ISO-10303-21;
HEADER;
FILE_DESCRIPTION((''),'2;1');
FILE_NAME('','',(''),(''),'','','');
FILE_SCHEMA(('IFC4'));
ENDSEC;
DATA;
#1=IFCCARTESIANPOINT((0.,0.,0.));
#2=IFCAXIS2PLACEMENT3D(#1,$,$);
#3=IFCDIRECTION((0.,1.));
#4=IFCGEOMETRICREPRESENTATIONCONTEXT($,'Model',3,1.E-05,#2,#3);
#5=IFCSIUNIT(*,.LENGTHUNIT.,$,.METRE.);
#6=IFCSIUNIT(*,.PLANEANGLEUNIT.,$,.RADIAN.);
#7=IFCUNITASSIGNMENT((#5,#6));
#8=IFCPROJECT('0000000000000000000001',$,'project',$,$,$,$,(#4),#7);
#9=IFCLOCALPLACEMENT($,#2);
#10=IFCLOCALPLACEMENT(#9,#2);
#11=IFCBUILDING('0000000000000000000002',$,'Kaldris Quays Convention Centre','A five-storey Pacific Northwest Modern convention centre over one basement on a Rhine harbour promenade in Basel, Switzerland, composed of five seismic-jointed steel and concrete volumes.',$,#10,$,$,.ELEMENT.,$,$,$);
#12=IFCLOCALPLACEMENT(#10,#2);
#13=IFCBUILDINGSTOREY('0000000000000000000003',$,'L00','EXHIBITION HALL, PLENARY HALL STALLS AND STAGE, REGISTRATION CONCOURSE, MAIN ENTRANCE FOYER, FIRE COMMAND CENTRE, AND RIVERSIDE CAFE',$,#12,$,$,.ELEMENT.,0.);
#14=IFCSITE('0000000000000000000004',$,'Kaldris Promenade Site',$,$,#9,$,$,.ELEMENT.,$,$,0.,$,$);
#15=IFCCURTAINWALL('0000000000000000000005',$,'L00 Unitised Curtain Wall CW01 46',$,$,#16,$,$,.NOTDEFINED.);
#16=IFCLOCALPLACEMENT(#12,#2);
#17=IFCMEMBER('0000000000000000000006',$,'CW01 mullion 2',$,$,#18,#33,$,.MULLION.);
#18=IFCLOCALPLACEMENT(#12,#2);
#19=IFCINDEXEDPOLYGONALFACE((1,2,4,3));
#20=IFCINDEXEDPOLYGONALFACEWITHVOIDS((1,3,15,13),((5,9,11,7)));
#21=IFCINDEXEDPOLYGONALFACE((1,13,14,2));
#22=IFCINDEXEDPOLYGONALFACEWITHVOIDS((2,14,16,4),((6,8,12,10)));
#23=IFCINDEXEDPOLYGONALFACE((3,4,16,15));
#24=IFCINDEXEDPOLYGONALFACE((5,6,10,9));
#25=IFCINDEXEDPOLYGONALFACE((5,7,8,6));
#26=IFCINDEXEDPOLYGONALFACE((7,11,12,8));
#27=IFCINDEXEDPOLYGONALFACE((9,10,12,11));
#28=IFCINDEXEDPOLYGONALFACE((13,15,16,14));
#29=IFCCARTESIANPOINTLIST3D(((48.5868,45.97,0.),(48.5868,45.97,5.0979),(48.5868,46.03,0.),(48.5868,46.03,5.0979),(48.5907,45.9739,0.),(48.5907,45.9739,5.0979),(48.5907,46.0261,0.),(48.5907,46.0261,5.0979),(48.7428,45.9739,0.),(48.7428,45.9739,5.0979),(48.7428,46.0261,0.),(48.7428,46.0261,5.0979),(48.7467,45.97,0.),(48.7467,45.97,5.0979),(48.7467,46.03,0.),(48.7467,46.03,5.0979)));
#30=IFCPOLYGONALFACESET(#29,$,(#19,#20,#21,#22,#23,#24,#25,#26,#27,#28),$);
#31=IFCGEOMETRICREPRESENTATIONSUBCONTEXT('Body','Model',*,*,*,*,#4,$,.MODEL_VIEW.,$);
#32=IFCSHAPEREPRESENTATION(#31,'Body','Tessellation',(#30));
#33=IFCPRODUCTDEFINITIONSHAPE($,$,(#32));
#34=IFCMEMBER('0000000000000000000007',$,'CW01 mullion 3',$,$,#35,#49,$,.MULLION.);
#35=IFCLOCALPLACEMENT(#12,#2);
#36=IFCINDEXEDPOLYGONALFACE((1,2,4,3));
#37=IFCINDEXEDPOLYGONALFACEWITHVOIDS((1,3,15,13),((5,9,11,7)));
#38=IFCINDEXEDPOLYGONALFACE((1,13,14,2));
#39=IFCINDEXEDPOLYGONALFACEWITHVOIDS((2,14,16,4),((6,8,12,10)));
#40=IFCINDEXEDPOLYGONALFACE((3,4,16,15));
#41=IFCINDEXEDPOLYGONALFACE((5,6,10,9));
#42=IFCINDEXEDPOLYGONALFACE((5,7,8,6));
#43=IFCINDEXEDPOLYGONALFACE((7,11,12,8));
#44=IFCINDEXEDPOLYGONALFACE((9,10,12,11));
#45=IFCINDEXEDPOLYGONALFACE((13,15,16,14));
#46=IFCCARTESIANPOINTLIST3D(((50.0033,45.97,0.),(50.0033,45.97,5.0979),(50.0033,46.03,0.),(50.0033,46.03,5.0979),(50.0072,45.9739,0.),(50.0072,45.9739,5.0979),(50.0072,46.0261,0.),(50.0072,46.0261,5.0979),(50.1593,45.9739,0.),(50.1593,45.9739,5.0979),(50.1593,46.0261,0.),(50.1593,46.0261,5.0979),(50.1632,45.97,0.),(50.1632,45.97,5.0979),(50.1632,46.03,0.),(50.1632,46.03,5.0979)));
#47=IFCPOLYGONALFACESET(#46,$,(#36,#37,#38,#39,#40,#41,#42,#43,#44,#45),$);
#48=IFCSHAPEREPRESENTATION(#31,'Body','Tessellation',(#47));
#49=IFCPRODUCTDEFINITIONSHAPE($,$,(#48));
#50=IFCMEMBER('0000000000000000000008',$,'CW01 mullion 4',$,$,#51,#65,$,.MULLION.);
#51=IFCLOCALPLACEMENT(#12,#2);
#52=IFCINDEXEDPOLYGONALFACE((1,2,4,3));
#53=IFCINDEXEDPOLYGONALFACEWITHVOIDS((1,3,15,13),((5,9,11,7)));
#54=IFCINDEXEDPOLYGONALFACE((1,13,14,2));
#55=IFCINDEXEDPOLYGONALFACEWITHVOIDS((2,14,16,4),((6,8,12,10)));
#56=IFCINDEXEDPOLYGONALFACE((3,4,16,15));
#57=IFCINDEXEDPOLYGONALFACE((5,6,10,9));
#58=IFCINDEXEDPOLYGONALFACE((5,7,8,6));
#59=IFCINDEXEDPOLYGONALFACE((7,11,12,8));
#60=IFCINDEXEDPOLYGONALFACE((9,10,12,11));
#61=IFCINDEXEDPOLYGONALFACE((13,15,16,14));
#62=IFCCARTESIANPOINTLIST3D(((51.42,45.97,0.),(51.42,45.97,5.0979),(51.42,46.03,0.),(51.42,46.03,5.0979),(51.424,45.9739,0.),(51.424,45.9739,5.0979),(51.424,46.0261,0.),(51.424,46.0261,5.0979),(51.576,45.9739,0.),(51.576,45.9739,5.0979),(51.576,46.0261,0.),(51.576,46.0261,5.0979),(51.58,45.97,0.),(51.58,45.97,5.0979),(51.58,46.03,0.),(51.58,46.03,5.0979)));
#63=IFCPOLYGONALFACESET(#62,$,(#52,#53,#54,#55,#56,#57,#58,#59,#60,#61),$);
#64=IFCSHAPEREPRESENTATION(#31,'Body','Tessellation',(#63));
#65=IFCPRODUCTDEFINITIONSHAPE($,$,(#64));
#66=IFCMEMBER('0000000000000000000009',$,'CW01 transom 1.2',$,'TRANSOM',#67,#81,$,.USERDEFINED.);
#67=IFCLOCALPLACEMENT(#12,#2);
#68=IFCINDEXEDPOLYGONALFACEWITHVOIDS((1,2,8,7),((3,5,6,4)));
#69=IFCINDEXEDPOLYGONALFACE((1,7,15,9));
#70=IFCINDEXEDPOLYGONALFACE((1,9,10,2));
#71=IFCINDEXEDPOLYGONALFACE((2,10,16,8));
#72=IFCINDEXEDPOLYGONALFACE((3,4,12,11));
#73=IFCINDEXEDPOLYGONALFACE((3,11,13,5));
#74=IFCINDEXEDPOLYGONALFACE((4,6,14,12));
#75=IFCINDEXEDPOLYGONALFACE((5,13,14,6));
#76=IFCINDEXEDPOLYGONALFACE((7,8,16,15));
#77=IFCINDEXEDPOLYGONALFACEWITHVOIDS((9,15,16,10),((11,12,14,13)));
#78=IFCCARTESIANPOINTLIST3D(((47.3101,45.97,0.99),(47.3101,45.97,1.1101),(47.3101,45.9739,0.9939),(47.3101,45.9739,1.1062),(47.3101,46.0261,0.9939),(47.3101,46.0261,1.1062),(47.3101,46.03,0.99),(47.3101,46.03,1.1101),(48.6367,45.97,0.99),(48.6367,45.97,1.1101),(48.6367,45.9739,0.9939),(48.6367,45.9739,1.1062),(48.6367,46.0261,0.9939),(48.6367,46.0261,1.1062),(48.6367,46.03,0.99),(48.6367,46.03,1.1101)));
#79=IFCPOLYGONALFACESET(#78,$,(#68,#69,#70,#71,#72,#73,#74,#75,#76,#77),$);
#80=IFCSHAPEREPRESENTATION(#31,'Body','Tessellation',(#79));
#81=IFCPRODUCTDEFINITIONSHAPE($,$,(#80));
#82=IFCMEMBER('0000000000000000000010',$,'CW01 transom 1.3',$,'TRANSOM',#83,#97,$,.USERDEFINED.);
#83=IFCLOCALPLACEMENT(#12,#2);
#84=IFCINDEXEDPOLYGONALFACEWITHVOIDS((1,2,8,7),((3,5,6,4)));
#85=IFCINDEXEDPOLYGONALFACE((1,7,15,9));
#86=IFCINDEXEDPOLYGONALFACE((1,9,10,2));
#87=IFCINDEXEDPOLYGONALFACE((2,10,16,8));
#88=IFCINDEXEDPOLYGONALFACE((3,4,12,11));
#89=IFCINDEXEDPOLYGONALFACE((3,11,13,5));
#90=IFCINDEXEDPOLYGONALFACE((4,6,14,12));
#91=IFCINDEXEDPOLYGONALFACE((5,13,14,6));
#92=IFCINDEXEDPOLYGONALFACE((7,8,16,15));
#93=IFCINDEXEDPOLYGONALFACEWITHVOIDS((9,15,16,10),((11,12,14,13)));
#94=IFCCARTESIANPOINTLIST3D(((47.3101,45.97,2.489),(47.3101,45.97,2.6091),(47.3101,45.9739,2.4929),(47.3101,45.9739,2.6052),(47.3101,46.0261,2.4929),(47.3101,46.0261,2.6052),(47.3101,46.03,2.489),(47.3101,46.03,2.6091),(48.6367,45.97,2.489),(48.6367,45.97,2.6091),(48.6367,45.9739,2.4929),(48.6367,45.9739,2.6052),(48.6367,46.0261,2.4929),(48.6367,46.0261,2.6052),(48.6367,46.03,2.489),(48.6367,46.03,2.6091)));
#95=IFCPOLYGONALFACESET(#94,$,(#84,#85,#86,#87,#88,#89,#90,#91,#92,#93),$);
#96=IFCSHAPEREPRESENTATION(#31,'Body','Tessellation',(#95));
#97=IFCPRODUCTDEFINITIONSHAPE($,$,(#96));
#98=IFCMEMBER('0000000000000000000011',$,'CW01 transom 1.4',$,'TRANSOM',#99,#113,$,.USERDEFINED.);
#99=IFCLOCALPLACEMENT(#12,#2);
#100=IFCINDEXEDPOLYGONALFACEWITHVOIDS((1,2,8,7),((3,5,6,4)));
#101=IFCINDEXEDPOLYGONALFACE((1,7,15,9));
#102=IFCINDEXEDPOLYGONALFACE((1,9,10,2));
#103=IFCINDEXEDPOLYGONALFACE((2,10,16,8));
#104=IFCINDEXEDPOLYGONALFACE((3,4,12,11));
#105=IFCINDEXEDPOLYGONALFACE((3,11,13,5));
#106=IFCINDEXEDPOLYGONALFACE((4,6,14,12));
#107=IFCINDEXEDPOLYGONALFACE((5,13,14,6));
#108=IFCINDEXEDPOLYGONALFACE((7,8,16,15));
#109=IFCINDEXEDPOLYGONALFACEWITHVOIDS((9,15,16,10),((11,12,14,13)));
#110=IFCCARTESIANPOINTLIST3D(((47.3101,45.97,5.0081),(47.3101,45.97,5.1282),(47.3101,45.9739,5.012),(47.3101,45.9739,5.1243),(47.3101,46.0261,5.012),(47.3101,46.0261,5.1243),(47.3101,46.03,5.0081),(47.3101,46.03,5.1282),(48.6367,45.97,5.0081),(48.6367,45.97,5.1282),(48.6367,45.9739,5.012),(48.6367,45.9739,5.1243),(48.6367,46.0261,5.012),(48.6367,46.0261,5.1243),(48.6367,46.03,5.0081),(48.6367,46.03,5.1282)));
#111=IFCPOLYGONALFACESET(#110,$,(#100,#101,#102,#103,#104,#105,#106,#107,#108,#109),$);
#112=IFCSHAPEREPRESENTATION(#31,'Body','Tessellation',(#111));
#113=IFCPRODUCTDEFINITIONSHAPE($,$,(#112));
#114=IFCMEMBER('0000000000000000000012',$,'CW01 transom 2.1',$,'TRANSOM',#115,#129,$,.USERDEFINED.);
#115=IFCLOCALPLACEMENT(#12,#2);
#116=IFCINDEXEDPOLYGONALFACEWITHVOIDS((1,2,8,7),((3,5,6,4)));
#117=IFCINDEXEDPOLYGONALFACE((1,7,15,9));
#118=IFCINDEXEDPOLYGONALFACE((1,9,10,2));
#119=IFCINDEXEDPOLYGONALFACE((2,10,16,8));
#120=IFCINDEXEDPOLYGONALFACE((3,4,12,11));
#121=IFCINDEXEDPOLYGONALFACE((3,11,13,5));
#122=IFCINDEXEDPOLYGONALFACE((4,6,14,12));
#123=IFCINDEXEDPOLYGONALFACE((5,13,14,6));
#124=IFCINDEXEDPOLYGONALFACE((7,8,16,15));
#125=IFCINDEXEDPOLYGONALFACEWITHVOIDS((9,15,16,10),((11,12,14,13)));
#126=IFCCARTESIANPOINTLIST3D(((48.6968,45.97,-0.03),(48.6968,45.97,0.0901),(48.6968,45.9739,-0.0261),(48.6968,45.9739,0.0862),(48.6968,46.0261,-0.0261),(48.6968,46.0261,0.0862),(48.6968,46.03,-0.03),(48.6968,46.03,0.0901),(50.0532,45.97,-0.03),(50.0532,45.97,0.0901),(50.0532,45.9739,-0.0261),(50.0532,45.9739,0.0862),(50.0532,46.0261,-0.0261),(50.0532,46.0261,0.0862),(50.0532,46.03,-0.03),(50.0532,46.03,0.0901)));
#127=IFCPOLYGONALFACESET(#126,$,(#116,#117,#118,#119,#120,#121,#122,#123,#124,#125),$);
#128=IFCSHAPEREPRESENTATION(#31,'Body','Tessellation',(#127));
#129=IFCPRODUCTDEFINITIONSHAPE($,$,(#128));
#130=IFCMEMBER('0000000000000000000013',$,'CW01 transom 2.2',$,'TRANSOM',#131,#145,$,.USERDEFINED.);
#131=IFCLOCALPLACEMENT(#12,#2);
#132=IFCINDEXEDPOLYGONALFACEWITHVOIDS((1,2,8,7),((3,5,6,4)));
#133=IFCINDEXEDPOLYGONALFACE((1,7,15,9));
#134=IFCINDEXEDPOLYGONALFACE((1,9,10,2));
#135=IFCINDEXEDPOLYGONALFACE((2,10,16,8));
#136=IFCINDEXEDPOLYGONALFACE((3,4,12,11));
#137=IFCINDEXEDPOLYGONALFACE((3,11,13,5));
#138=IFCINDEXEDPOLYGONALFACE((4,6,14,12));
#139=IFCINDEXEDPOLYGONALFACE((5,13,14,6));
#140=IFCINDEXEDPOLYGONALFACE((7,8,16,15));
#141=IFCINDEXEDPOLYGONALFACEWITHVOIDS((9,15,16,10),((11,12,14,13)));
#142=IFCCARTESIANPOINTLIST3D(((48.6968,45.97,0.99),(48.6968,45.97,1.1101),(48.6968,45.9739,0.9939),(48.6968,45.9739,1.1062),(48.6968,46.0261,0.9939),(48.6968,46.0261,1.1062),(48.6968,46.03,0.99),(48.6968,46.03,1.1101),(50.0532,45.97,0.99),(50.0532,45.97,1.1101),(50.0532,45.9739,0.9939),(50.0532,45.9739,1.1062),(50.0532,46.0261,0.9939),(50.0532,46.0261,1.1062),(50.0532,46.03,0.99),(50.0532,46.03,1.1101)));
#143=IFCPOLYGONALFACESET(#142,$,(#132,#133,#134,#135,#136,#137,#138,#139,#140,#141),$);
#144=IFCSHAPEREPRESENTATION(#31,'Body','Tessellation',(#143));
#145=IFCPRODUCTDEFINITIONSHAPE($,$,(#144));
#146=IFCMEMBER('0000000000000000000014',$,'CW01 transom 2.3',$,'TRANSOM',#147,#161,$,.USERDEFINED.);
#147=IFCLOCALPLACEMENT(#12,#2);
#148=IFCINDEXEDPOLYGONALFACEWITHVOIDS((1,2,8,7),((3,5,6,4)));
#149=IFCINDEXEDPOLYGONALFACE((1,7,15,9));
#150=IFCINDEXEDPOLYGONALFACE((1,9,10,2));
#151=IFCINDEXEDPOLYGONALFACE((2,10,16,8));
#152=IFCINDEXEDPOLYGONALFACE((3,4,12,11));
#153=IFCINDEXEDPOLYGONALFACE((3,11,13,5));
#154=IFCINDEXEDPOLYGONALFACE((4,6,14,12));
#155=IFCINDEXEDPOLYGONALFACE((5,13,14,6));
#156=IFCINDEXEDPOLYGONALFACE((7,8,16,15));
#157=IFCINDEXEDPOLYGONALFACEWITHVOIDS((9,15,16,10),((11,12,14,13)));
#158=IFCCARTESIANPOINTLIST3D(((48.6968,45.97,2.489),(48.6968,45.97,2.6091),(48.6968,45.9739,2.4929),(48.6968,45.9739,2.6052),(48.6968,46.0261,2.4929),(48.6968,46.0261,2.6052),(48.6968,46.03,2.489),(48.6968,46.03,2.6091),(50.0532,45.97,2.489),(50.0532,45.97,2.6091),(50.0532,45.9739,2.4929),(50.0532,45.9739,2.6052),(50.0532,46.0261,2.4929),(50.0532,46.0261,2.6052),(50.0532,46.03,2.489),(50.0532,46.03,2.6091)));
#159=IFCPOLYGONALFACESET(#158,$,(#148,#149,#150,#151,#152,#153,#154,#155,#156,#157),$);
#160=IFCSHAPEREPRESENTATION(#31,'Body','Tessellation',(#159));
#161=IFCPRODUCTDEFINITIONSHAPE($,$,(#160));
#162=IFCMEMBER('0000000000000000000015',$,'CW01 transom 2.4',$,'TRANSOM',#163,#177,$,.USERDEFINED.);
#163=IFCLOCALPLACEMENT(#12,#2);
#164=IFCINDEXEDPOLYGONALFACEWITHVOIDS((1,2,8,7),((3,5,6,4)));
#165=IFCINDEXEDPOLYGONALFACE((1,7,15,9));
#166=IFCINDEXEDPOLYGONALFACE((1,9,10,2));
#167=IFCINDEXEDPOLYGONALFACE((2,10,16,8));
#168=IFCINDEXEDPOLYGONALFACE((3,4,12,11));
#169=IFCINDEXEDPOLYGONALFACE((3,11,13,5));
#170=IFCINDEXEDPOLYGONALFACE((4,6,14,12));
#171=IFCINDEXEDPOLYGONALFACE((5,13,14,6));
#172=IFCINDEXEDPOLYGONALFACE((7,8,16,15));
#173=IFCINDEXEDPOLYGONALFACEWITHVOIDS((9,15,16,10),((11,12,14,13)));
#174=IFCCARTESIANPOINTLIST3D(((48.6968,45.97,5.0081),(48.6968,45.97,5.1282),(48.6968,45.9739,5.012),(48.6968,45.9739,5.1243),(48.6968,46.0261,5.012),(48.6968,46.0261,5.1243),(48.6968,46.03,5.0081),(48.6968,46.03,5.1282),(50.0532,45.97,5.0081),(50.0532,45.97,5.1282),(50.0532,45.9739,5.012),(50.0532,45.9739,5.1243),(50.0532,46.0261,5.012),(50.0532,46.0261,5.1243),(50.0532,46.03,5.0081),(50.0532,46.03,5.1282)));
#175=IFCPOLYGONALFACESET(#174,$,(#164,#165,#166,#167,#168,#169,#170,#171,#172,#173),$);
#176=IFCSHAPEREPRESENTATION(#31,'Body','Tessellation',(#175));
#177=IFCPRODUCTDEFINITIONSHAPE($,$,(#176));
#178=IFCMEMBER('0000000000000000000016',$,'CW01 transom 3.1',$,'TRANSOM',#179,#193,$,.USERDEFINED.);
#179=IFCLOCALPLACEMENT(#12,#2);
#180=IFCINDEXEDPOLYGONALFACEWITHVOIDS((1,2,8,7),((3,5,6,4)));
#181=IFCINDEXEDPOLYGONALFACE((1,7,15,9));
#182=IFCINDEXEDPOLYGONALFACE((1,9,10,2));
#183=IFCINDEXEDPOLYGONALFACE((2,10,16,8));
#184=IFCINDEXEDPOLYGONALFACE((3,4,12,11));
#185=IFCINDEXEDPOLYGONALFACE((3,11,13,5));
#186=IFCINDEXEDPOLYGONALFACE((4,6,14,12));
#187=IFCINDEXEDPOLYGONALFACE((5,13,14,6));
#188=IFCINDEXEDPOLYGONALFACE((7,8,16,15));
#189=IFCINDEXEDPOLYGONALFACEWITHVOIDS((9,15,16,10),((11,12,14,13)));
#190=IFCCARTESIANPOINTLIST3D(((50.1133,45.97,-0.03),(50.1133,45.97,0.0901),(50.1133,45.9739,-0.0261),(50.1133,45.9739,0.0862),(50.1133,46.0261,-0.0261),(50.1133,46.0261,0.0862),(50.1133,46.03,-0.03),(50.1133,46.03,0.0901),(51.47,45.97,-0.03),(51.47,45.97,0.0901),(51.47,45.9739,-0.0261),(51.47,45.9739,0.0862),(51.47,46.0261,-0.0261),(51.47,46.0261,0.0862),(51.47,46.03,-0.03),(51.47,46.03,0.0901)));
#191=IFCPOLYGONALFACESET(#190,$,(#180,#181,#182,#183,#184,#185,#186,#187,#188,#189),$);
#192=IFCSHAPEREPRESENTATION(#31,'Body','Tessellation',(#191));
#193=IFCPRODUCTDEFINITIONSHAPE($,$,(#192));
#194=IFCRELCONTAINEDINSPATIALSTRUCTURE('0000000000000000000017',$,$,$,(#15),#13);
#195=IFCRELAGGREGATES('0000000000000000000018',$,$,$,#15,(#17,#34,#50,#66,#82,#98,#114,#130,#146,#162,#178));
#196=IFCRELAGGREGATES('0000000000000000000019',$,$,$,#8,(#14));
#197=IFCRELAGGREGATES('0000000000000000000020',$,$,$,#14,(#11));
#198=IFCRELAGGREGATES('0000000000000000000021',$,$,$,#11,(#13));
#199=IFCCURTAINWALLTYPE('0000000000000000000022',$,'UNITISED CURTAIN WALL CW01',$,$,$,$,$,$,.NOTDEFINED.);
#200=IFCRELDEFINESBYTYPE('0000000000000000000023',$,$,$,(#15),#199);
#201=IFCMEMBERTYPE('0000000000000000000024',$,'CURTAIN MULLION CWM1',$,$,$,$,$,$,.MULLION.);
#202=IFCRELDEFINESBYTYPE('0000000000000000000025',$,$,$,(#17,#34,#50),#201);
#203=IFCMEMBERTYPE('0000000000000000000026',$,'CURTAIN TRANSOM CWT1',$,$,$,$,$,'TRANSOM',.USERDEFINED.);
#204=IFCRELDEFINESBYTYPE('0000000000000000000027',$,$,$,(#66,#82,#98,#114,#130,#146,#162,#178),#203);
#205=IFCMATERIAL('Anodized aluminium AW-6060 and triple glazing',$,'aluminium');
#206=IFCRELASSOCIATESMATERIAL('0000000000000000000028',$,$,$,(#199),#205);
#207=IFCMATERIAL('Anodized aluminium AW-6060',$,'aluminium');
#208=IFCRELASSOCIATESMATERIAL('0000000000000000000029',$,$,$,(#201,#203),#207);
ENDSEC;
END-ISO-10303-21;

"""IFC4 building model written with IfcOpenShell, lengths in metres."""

from ifc_helpers import new_model, si_unit, direction, frame, origin, origin_2d, place, context, subcontext, project, spatial, hollow_rectangle, extrude, material, material_profile, profile_set, type_object, element, aggregate, save


model = new_model("IFC4")

# Units and contexts
model_context = context("Model", 3, precision=1e-05, world=origin(), true_north=direction((0.0, 1.0)))
body_context = subcontext(model_context, "Body", "Model", "MODEL_VIEW")
ifc_project = project(units=[si_unit("LENGTHUNIT", "METRE"), si_unit("PLANEANGLEUNIT", "RADIAN")], contexts=[model_context])

# Site, building, storey
site_placement = place(None, origin())
site = spatial("IfcSite", under=ifc_project, at=site_placement, Name="Kaldris Promenade Site", CompositionType="ELEMENT", RefElevation=0.0)
building_placement = place(site_placement, origin())
building = spatial("IfcBuilding", under=site, at=building_placement, Name="Kaldris Quays Convention Centre", Description="A five-storey Pacific Northwest Modern convention centre over one basement on a Rhine harbour promenade in Basel, Switzerland, composed of five seismic-jointed steel and concrete volumes.", CompositionType="ELEMENT")
storey_placement = place(building_placement, origin())
storey = spatial("IfcBuildingStorey", under=building, at=storey_placement, Name="L00", Description="EXHIBITION HALL, PLENARY HALL STALLS AND STAGE, REGISTRATION CONCOURSE, MAIN ENTRANCE FOYER, FIRE COMMAND CENTRE, AND RIVERSIDE CAFE", CompositionType="ELEMENT", Elevation=0.0)

# Curtain wall, members
ifc_material_1 = material(Name="Anodized aluminium AW-6060 and triple glazing", Category="aluminium")
curtain_wall_type = type_object("IfcCurtainWallType", Name="UNITISED CURTAIN WALL CW01", PredefinedType="NOTDEFINED", material=ifc_material_1)
curtain_wall_placement = place(storey_placement, origin())
curtain_wall = element("IfcCurtainWall", 1, at=curtain_wall_placement, inside=storey, type_object=curtain_wall_type, Name="L00 Unitised Curtain Wall CW01 46", PredefinedType="NOTDEFINED")
ifc_material_2 = material(Name="Anodized aluminium AW-6060", Category="aluminium")
ifc_material_profile_1 = material_profile(ifc_material_2, hollow_rectangle(XDim=0.0601, YDim=0.1599, WallThickness=0.0039, at=origin_2d()), Name="RHS 160x60x4")
ifc_profile_set_1 = profile_set([ifc_material_profile_1], Name="Anodized aluminium AW-6060")
member_type_1 = type_object("IfcMemberType", Name="CURTAIN MULLION CWM1", PredefinedType="MULLION", material=ifc_profile_set_1)
member_1_placement = place(storey_placement, frame((48.6667, 46.0, 0.0), z_axis=(0.0, 0.0, 1.0), x_axis=(0.0, 1.0, 0.0)))
member_1 = element("IfcMember", 2, at=member_1_placement, type_object=member_type_1, Name="CW01 mullion 2", PredefinedType="MULLION", context=body_context, shape_type="SweptSolid", body=[
    extrude(hollow_rectangle(XDim=0.0601, YDim=0.1599, WallThickness=0.0039, at=origin_2d()), origin(), (0.0, 0.0, 1.0), 5.0979),
])
member_2_placement = place(storey_placement, frame((50.0833, 46.0, 0.0), z_axis=(0.0, 0.0, 1.0), x_axis=(0.0, 1.0, 0.0)))
member_2 = element("IfcMember", 3, at=member_2_placement, type_object=member_type_1, Name="CW01 mullion 3", PredefinedType="MULLION", context=body_context, shape_type="SweptSolid", body=[
    extrude(hollow_rectangle(XDim=0.0601, YDim=0.1599, WallThickness=0.0039, at=origin_2d()), origin(), (0.0, 0.0, 1.0), 5.0979),
])
member_3_placement = place(storey_placement, frame((51.5, 46.0, 0.0), z_axis=(0.0, 0.0, 1.0), x_axis=(0.0, 1.0, 0.0)))
member_3 = element("IfcMember", 4, at=member_3_placement, type_object=member_type_1, Name="CW01 mullion 4", PredefinedType="MULLION", context=body_context, shape_type="SweptSolid", body=[
    extrude(hollow_rectangle(XDim=0.0601, YDim=0.1599, WallThickness=0.0039, at=origin_2d()), origin(), (0.0, 0.0, 1.0), 5.0979),
])
ifc_material_profile_2 = material_profile(ifc_material_2, hollow_rectangle(XDim=0.0601, YDim=0.1201, WallThickness=0.0039, at=origin_2d()), Name="RHS 120x60x4")
ifc_profile_set_2 = profile_set([ifc_material_profile_2], Name="Anodized aluminium AW-6060")
member_type_2 = type_object("IfcMemberType", Name="CURTAIN TRANSOM CWT1", ElementType="TRANSOM", PredefinedType="USERDEFINED", material=ifc_profile_set_2)
member_4_placement = place(storey_placement, frame((47.3101, 46.0, 1.05), z_axis=(1.0, 0.0, 0.0), x_axis=(0.0, 1.0, 0.0)))
member_4 = element("IfcMember", 5, at=member_4_placement, type_object=member_type_2, Name="CW01 transom 1.2", ObjectType="TRANSOM", PredefinedType="USERDEFINED", context=body_context, shape_type="SweptSolid", body=[
    extrude(hollow_rectangle(XDim=0.0601, YDim=0.1201, WallThickness=0.0039, at=origin_2d()), origin(), (0.0, 0.0, 1.0), 1.3267),
])
member_5_placement = place(storey_placement, frame((47.3101, 46.0, 2.5491), z_axis=(1.0, 0.0, 0.0), x_axis=(0.0, 1.0, 0.0)))
member_5 = element("IfcMember", 6, at=member_5_placement, type_object=member_type_2, Name="CW01 transom 1.3", ObjectType="TRANSOM", PredefinedType="USERDEFINED", context=body_context, shape_type="SweptSolid", body=[
    extrude(hollow_rectangle(XDim=0.0601, YDim=0.1201, WallThickness=0.0039, at=origin_2d()), origin(), (0.0, 0.0, 1.0), 1.3267),
])
member_6_placement = place(storey_placement, frame((47.3101, 46.0, 5.0681), z_axis=(1.0, 0.0, 0.0), x_axis=(0.0, 1.0, 0.0)))
member_6 = element("IfcMember", 7, at=member_6_placement, type_object=member_type_2, Name="CW01 transom 1.4", ObjectType="TRANSOM", PredefinedType="USERDEFINED", context=body_context, shape_type="SweptSolid", body=[
    extrude(hollow_rectangle(XDim=0.0601, YDim=0.1201, WallThickness=0.0039, at=origin_2d()), origin(), (0.0, 0.0, 1.0), 1.3267),
])
member_7_placement = place(storey_placement, frame((48.6968, 46.0, 0.03), z_axis=(1.0, 0.0, 0.0), x_axis=(0.0, 1.0, 0.0)))
member_7 = element("IfcMember", 8, at=member_7_placement, type_object=member_type_2, Name="CW01 transom 2.1", ObjectType="TRANSOM", PredefinedType="USERDEFINED", context=body_context, shape_type="SweptSolid", body=[
    extrude(hollow_rectangle(XDim=0.0601, YDim=0.1201, WallThickness=0.0039, at=origin_2d()), origin(), (0.0, 0.0, 1.0), 1.3564),
])
member_8_placement = place(storey_placement, frame((48.6968, 46.0, 1.05), z_axis=(1.0, 0.0, 0.0), x_axis=(0.0, 1.0, 0.0)))
member_8 = element("IfcMember", 9, at=member_8_placement, type_object=member_type_2, Name="CW01 transom 2.2", ObjectType="TRANSOM", PredefinedType="USERDEFINED", context=body_context, shape_type="SweptSolid", body=[
    extrude(hollow_rectangle(XDim=0.0601, YDim=0.1201, WallThickness=0.0039, at=origin_2d()), origin(), (0.0, 0.0, 1.0), 1.3564),
])
member_9_placement = place(storey_placement, frame((48.6968, 46.0, 2.5491), z_axis=(1.0, 0.0, 0.0), x_axis=(0.0, 1.0, 0.0)))
member_9 = element("IfcMember", 10, at=member_9_placement, type_object=member_type_2, Name="CW01 transom 2.3", ObjectType="TRANSOM", PredefinedType="USERDEFINED", context=body_context, shape_type="SweptSolid", body=[
    extrude(hollow_rectangle(XDim=0.0601, YDim=0.1201, WallThickness=0.0039, at=origin_2d()), origin(), (0.0, 0.0, 1.0), 1.3564),
])
member_10_placement = place(storey_placement, frame((48.6968, 46.0, 5.0681), z_axis=(1.0, 0.0, 0.0), x_axis=(0.0, 1.0, 0.0)))
member_10 = element("IfcMember", 11, at=member_10_placement, type_object=member_type_2, Name="CW01 transom 2.4", ObjectType="TRANSOM", PredefinedType="USERDEFINED", context=body_context, shape_type="SweptSolid", body=[
    extrude(hollow_rectangle(XDim=0.0601, YDim=0.1201, WallThickness=0.0039, at=origin_2d()), origin(), (0.0, 0.0, 1.0), 1.3564),
])
member_11_placement = place(storey_placement, frame((50.1133, 46.0, 0.03), z_axis=(1.0, 0.0, 0.0), x_axis=(0.0, 1.0, 0.0)))
member_11 = element("IfcMember", 12, at=member_11_placement, type_object=member_type_2, Name="CW01 transom 3.1", ObjectType="TRANSOM", PredefinedType="USERDEFINED", context=body_context, shape_type="SweptSolid", body=[
    extrude(hollow_rectangle(XDim=0.0601, YDim=0.1201, WallThickness=0.0039, at=origin_2d()), origin(), (0.0, 0.0, 1.0), 1.3567),
])
aggregate(curtain_wall, [member_1, member_2, member_3, member_4, member_5, member_6, member_7, member_8, member_9, member_10, member_11])

save(model, "model.ifc")
